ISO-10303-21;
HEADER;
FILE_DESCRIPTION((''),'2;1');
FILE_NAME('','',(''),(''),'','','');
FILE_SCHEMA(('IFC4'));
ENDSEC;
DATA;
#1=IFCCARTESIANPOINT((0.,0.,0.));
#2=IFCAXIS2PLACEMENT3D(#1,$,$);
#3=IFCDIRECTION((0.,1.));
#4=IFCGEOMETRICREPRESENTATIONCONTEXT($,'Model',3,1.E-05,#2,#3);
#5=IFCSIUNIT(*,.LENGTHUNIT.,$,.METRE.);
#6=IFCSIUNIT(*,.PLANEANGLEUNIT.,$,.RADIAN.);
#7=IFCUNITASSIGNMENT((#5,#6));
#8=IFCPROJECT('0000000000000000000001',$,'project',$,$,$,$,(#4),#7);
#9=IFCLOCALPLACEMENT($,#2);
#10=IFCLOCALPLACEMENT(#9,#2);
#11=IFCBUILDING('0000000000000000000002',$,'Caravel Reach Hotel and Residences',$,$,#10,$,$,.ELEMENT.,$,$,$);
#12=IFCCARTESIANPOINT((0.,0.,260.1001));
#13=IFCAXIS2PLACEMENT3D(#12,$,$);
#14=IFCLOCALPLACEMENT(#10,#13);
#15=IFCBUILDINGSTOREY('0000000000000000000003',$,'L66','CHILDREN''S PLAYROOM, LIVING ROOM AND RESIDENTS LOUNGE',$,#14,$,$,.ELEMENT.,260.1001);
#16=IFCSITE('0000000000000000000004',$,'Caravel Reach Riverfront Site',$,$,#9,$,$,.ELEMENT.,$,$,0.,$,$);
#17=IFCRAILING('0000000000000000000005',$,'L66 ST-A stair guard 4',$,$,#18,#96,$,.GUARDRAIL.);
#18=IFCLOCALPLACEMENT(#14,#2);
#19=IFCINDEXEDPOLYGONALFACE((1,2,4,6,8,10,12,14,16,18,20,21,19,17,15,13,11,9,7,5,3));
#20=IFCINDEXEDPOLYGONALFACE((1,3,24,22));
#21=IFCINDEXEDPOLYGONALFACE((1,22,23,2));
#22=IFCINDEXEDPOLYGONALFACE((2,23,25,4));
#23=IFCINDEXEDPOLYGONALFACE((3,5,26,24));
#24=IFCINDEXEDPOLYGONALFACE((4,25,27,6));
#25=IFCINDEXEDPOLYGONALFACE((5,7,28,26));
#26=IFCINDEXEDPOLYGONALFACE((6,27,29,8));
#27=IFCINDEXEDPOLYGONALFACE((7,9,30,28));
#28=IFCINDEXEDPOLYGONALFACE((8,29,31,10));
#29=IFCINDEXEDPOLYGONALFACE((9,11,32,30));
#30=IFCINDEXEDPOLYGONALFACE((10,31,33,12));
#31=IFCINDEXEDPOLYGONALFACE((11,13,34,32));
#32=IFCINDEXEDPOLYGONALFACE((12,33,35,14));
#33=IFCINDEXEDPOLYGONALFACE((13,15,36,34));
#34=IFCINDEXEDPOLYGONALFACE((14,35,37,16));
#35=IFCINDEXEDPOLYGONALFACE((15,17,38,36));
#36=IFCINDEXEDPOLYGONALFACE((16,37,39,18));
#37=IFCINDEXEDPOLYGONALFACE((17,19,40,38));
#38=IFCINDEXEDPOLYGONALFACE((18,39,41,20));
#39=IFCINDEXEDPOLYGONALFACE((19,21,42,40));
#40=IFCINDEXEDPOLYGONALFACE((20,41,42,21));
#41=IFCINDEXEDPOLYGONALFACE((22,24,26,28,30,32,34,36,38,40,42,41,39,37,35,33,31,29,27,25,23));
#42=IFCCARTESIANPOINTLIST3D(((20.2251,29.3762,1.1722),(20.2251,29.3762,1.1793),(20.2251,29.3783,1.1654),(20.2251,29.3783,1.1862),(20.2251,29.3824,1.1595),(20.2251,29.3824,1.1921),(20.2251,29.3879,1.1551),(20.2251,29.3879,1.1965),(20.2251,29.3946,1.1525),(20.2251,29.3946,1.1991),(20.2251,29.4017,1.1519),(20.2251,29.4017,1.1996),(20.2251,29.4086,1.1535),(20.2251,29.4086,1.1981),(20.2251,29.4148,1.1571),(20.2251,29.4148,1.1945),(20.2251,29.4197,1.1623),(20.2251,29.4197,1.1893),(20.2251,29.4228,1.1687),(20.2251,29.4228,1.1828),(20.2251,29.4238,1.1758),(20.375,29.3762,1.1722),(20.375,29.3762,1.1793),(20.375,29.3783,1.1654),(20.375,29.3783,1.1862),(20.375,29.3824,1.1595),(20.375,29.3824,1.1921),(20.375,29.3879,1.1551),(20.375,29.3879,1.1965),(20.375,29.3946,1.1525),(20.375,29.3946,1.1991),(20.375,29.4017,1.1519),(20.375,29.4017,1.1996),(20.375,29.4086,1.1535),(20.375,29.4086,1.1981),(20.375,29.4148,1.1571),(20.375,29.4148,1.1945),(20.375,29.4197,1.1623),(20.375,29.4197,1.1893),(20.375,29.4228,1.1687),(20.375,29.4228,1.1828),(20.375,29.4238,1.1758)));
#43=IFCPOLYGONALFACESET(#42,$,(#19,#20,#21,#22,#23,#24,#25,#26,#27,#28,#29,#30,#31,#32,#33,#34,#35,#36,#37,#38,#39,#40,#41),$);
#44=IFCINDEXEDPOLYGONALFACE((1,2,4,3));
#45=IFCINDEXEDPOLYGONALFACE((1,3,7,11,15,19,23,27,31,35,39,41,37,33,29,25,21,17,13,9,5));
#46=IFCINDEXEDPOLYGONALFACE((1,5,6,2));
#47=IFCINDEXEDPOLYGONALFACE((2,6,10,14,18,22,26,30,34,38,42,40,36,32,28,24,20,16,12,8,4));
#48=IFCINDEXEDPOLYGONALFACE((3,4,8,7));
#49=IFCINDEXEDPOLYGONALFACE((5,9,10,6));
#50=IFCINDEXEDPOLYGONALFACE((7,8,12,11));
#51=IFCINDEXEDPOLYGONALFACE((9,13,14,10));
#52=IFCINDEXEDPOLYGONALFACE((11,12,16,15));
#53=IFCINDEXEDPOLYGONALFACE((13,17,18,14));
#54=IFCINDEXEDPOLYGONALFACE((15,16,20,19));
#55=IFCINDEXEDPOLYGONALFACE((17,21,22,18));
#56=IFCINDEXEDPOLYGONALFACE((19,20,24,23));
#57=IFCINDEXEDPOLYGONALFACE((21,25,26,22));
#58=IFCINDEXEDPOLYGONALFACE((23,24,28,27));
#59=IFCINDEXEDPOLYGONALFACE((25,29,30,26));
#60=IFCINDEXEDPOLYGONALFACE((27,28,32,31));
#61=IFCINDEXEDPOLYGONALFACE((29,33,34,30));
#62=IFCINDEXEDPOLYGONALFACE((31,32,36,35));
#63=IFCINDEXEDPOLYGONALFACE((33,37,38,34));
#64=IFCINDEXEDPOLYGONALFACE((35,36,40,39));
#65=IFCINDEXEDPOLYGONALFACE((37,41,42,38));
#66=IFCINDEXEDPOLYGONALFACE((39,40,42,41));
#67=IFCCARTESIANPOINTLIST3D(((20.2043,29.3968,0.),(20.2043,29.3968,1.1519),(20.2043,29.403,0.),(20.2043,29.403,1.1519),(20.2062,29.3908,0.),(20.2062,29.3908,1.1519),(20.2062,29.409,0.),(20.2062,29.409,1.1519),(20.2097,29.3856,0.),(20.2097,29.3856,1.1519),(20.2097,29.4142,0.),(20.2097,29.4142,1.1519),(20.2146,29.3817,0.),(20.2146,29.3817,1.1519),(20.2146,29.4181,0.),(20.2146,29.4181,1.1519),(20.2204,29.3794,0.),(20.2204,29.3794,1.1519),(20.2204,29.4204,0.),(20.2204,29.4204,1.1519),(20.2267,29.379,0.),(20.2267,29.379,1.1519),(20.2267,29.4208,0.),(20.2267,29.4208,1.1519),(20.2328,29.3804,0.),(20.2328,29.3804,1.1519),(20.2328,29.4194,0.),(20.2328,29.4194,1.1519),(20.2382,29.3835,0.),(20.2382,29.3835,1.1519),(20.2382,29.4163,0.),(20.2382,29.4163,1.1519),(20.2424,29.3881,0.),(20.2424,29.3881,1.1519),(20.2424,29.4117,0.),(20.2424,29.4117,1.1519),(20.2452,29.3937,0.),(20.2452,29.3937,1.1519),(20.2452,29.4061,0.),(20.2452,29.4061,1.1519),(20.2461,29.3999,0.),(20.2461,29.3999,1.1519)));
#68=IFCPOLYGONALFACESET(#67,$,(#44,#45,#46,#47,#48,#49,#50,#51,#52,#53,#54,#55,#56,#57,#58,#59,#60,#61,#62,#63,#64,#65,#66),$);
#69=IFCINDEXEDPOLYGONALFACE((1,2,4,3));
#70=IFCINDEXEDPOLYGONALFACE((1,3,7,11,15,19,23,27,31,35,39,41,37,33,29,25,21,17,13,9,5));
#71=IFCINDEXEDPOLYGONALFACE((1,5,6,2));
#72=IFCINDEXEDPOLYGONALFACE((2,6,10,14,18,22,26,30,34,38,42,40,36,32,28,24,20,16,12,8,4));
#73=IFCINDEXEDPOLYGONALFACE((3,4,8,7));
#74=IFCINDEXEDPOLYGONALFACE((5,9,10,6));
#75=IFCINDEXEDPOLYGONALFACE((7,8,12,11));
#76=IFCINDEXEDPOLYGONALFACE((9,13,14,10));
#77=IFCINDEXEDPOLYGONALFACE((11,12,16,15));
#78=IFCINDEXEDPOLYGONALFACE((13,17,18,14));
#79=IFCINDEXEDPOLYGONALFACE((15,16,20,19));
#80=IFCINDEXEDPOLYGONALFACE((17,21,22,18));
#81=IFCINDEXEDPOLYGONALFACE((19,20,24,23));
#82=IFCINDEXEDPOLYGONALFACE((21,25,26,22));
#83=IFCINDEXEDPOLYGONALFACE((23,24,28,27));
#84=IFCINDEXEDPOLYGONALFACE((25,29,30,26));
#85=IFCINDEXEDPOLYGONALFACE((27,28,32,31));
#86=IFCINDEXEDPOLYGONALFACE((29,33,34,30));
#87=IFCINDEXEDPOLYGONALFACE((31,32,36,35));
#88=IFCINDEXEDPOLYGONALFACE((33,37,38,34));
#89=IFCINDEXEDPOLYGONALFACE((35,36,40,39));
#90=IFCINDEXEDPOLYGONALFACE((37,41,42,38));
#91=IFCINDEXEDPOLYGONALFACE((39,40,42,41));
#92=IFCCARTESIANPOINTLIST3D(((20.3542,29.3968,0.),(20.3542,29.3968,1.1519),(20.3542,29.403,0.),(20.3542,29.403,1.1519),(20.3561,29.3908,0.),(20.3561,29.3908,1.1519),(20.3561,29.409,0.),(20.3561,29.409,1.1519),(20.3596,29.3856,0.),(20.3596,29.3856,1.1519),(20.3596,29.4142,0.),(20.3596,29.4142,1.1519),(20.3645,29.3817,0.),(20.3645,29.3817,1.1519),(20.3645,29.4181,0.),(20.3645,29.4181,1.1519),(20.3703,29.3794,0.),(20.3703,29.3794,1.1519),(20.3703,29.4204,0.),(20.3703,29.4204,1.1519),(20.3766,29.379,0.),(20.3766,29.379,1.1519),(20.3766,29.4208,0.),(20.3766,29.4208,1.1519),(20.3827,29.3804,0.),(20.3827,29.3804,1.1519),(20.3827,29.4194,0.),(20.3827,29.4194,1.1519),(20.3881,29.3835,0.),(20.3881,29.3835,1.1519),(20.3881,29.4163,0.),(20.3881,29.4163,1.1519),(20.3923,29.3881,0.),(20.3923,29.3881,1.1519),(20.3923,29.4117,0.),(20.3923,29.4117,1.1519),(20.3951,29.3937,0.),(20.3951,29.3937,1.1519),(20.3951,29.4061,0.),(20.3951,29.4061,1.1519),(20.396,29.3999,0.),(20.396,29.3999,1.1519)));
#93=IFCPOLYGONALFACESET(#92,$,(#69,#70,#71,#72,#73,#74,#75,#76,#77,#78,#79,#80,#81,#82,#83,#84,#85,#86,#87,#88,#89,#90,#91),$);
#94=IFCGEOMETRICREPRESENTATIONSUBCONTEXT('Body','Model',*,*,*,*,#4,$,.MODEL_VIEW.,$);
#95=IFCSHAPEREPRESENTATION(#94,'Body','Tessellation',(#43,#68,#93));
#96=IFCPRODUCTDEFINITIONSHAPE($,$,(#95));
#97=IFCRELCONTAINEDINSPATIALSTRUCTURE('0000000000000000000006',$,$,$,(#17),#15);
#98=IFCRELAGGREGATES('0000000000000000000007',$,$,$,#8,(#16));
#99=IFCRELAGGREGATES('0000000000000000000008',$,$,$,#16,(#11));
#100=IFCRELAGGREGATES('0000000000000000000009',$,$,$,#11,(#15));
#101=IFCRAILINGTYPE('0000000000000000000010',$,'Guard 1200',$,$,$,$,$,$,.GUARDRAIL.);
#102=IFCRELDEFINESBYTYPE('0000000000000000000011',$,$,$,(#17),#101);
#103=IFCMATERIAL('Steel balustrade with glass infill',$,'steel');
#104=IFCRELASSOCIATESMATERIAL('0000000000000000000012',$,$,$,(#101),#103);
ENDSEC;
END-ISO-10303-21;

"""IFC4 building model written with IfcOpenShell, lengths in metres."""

from ifc_helpers import new_model, si_unit, direction, frame, origin, origin_2d, place, context, subcontext, project, spatial, circle, extrude, material, type_object, element, save


model = new_model("IFC4")

# Units and contexts
model_context = context("Model", 3, precision=1e-05, world=origin(), true_north=direction((0.0, 1.0)))
body_context = subcontext(model_context, "Body", "Model", "MODEL_VIEW")
ifc_project = project(units=[si_unit("LENGTHUNIT", "METRE"), si_unit("PLANEANGLEUNIT", "RADIAN")], contexts=[model_context])

# Site, building, storey
site_placement = place(None, origin())
site = spatial("IfcSite", under=ifc_project, at=site_placement, Name="Caravel Reach Riverfront Site", CompositionType="ELEMENT", RefElevation=0.0)
building_placement = place(site_placement, origin())
building = spatial("IfcBuilding", under=site, at=building_placement, Name="Caravel Reach Hotel and Residences", CompositionType="ELEMENT")
storey_placement = place(building_placement, frame((0.0, 0.0, 260.1001)))
storey = spatial("IfcBuildingStorey", under=building, at=storey_placement, Name="L66", Description="CHILDREN'S PLAYROOM, LIVING ROOM AND RESIDENTS LOUNGE", CompositionType="ELEMENT", Elevation=260.1001)

# Railing
ifc_material_1 = material(Name="Steel balustrade with glass infill", Category="steel")
railing_type = type_object("IfcRailingType", Name="Guard 1200", PredefinedType="GUARDRAIL", material=ifc_material_1)
railing_1_placement = place(storey_placement, frame((20.2251, 29.3999, 0.0)))
element("IfcRailing", 1, at=railing_1_placement, inside=storey, type_object=railing_type, Name="L66 ST-A stair guard 4", PredefinedType="GUARDRAIL", context=body_context, shape_type="SweptSolid", body=[
    extrude(circle(Radius=0.0239, at=origin_2d()), frame((0.0, 0.0, 1.1758), z_axis=(1.0, 0.0, 0.0), x_axis=(0.0, 1.0, 0.0)), (0.0, 0.0, 1.0), 0.1499),
    extrude(circle(Radius=0.021, at=origin_2d()), origin(), (0.0, 0.0, 1.0), 1.1519),
    extrude(circle(Radius=0.021, at=origin_2d()), frame((0.1499, 0.0, 0.0)), (0.0, 0.0, 1.0), 1.1519),
])

save(model, "model.ifc")
